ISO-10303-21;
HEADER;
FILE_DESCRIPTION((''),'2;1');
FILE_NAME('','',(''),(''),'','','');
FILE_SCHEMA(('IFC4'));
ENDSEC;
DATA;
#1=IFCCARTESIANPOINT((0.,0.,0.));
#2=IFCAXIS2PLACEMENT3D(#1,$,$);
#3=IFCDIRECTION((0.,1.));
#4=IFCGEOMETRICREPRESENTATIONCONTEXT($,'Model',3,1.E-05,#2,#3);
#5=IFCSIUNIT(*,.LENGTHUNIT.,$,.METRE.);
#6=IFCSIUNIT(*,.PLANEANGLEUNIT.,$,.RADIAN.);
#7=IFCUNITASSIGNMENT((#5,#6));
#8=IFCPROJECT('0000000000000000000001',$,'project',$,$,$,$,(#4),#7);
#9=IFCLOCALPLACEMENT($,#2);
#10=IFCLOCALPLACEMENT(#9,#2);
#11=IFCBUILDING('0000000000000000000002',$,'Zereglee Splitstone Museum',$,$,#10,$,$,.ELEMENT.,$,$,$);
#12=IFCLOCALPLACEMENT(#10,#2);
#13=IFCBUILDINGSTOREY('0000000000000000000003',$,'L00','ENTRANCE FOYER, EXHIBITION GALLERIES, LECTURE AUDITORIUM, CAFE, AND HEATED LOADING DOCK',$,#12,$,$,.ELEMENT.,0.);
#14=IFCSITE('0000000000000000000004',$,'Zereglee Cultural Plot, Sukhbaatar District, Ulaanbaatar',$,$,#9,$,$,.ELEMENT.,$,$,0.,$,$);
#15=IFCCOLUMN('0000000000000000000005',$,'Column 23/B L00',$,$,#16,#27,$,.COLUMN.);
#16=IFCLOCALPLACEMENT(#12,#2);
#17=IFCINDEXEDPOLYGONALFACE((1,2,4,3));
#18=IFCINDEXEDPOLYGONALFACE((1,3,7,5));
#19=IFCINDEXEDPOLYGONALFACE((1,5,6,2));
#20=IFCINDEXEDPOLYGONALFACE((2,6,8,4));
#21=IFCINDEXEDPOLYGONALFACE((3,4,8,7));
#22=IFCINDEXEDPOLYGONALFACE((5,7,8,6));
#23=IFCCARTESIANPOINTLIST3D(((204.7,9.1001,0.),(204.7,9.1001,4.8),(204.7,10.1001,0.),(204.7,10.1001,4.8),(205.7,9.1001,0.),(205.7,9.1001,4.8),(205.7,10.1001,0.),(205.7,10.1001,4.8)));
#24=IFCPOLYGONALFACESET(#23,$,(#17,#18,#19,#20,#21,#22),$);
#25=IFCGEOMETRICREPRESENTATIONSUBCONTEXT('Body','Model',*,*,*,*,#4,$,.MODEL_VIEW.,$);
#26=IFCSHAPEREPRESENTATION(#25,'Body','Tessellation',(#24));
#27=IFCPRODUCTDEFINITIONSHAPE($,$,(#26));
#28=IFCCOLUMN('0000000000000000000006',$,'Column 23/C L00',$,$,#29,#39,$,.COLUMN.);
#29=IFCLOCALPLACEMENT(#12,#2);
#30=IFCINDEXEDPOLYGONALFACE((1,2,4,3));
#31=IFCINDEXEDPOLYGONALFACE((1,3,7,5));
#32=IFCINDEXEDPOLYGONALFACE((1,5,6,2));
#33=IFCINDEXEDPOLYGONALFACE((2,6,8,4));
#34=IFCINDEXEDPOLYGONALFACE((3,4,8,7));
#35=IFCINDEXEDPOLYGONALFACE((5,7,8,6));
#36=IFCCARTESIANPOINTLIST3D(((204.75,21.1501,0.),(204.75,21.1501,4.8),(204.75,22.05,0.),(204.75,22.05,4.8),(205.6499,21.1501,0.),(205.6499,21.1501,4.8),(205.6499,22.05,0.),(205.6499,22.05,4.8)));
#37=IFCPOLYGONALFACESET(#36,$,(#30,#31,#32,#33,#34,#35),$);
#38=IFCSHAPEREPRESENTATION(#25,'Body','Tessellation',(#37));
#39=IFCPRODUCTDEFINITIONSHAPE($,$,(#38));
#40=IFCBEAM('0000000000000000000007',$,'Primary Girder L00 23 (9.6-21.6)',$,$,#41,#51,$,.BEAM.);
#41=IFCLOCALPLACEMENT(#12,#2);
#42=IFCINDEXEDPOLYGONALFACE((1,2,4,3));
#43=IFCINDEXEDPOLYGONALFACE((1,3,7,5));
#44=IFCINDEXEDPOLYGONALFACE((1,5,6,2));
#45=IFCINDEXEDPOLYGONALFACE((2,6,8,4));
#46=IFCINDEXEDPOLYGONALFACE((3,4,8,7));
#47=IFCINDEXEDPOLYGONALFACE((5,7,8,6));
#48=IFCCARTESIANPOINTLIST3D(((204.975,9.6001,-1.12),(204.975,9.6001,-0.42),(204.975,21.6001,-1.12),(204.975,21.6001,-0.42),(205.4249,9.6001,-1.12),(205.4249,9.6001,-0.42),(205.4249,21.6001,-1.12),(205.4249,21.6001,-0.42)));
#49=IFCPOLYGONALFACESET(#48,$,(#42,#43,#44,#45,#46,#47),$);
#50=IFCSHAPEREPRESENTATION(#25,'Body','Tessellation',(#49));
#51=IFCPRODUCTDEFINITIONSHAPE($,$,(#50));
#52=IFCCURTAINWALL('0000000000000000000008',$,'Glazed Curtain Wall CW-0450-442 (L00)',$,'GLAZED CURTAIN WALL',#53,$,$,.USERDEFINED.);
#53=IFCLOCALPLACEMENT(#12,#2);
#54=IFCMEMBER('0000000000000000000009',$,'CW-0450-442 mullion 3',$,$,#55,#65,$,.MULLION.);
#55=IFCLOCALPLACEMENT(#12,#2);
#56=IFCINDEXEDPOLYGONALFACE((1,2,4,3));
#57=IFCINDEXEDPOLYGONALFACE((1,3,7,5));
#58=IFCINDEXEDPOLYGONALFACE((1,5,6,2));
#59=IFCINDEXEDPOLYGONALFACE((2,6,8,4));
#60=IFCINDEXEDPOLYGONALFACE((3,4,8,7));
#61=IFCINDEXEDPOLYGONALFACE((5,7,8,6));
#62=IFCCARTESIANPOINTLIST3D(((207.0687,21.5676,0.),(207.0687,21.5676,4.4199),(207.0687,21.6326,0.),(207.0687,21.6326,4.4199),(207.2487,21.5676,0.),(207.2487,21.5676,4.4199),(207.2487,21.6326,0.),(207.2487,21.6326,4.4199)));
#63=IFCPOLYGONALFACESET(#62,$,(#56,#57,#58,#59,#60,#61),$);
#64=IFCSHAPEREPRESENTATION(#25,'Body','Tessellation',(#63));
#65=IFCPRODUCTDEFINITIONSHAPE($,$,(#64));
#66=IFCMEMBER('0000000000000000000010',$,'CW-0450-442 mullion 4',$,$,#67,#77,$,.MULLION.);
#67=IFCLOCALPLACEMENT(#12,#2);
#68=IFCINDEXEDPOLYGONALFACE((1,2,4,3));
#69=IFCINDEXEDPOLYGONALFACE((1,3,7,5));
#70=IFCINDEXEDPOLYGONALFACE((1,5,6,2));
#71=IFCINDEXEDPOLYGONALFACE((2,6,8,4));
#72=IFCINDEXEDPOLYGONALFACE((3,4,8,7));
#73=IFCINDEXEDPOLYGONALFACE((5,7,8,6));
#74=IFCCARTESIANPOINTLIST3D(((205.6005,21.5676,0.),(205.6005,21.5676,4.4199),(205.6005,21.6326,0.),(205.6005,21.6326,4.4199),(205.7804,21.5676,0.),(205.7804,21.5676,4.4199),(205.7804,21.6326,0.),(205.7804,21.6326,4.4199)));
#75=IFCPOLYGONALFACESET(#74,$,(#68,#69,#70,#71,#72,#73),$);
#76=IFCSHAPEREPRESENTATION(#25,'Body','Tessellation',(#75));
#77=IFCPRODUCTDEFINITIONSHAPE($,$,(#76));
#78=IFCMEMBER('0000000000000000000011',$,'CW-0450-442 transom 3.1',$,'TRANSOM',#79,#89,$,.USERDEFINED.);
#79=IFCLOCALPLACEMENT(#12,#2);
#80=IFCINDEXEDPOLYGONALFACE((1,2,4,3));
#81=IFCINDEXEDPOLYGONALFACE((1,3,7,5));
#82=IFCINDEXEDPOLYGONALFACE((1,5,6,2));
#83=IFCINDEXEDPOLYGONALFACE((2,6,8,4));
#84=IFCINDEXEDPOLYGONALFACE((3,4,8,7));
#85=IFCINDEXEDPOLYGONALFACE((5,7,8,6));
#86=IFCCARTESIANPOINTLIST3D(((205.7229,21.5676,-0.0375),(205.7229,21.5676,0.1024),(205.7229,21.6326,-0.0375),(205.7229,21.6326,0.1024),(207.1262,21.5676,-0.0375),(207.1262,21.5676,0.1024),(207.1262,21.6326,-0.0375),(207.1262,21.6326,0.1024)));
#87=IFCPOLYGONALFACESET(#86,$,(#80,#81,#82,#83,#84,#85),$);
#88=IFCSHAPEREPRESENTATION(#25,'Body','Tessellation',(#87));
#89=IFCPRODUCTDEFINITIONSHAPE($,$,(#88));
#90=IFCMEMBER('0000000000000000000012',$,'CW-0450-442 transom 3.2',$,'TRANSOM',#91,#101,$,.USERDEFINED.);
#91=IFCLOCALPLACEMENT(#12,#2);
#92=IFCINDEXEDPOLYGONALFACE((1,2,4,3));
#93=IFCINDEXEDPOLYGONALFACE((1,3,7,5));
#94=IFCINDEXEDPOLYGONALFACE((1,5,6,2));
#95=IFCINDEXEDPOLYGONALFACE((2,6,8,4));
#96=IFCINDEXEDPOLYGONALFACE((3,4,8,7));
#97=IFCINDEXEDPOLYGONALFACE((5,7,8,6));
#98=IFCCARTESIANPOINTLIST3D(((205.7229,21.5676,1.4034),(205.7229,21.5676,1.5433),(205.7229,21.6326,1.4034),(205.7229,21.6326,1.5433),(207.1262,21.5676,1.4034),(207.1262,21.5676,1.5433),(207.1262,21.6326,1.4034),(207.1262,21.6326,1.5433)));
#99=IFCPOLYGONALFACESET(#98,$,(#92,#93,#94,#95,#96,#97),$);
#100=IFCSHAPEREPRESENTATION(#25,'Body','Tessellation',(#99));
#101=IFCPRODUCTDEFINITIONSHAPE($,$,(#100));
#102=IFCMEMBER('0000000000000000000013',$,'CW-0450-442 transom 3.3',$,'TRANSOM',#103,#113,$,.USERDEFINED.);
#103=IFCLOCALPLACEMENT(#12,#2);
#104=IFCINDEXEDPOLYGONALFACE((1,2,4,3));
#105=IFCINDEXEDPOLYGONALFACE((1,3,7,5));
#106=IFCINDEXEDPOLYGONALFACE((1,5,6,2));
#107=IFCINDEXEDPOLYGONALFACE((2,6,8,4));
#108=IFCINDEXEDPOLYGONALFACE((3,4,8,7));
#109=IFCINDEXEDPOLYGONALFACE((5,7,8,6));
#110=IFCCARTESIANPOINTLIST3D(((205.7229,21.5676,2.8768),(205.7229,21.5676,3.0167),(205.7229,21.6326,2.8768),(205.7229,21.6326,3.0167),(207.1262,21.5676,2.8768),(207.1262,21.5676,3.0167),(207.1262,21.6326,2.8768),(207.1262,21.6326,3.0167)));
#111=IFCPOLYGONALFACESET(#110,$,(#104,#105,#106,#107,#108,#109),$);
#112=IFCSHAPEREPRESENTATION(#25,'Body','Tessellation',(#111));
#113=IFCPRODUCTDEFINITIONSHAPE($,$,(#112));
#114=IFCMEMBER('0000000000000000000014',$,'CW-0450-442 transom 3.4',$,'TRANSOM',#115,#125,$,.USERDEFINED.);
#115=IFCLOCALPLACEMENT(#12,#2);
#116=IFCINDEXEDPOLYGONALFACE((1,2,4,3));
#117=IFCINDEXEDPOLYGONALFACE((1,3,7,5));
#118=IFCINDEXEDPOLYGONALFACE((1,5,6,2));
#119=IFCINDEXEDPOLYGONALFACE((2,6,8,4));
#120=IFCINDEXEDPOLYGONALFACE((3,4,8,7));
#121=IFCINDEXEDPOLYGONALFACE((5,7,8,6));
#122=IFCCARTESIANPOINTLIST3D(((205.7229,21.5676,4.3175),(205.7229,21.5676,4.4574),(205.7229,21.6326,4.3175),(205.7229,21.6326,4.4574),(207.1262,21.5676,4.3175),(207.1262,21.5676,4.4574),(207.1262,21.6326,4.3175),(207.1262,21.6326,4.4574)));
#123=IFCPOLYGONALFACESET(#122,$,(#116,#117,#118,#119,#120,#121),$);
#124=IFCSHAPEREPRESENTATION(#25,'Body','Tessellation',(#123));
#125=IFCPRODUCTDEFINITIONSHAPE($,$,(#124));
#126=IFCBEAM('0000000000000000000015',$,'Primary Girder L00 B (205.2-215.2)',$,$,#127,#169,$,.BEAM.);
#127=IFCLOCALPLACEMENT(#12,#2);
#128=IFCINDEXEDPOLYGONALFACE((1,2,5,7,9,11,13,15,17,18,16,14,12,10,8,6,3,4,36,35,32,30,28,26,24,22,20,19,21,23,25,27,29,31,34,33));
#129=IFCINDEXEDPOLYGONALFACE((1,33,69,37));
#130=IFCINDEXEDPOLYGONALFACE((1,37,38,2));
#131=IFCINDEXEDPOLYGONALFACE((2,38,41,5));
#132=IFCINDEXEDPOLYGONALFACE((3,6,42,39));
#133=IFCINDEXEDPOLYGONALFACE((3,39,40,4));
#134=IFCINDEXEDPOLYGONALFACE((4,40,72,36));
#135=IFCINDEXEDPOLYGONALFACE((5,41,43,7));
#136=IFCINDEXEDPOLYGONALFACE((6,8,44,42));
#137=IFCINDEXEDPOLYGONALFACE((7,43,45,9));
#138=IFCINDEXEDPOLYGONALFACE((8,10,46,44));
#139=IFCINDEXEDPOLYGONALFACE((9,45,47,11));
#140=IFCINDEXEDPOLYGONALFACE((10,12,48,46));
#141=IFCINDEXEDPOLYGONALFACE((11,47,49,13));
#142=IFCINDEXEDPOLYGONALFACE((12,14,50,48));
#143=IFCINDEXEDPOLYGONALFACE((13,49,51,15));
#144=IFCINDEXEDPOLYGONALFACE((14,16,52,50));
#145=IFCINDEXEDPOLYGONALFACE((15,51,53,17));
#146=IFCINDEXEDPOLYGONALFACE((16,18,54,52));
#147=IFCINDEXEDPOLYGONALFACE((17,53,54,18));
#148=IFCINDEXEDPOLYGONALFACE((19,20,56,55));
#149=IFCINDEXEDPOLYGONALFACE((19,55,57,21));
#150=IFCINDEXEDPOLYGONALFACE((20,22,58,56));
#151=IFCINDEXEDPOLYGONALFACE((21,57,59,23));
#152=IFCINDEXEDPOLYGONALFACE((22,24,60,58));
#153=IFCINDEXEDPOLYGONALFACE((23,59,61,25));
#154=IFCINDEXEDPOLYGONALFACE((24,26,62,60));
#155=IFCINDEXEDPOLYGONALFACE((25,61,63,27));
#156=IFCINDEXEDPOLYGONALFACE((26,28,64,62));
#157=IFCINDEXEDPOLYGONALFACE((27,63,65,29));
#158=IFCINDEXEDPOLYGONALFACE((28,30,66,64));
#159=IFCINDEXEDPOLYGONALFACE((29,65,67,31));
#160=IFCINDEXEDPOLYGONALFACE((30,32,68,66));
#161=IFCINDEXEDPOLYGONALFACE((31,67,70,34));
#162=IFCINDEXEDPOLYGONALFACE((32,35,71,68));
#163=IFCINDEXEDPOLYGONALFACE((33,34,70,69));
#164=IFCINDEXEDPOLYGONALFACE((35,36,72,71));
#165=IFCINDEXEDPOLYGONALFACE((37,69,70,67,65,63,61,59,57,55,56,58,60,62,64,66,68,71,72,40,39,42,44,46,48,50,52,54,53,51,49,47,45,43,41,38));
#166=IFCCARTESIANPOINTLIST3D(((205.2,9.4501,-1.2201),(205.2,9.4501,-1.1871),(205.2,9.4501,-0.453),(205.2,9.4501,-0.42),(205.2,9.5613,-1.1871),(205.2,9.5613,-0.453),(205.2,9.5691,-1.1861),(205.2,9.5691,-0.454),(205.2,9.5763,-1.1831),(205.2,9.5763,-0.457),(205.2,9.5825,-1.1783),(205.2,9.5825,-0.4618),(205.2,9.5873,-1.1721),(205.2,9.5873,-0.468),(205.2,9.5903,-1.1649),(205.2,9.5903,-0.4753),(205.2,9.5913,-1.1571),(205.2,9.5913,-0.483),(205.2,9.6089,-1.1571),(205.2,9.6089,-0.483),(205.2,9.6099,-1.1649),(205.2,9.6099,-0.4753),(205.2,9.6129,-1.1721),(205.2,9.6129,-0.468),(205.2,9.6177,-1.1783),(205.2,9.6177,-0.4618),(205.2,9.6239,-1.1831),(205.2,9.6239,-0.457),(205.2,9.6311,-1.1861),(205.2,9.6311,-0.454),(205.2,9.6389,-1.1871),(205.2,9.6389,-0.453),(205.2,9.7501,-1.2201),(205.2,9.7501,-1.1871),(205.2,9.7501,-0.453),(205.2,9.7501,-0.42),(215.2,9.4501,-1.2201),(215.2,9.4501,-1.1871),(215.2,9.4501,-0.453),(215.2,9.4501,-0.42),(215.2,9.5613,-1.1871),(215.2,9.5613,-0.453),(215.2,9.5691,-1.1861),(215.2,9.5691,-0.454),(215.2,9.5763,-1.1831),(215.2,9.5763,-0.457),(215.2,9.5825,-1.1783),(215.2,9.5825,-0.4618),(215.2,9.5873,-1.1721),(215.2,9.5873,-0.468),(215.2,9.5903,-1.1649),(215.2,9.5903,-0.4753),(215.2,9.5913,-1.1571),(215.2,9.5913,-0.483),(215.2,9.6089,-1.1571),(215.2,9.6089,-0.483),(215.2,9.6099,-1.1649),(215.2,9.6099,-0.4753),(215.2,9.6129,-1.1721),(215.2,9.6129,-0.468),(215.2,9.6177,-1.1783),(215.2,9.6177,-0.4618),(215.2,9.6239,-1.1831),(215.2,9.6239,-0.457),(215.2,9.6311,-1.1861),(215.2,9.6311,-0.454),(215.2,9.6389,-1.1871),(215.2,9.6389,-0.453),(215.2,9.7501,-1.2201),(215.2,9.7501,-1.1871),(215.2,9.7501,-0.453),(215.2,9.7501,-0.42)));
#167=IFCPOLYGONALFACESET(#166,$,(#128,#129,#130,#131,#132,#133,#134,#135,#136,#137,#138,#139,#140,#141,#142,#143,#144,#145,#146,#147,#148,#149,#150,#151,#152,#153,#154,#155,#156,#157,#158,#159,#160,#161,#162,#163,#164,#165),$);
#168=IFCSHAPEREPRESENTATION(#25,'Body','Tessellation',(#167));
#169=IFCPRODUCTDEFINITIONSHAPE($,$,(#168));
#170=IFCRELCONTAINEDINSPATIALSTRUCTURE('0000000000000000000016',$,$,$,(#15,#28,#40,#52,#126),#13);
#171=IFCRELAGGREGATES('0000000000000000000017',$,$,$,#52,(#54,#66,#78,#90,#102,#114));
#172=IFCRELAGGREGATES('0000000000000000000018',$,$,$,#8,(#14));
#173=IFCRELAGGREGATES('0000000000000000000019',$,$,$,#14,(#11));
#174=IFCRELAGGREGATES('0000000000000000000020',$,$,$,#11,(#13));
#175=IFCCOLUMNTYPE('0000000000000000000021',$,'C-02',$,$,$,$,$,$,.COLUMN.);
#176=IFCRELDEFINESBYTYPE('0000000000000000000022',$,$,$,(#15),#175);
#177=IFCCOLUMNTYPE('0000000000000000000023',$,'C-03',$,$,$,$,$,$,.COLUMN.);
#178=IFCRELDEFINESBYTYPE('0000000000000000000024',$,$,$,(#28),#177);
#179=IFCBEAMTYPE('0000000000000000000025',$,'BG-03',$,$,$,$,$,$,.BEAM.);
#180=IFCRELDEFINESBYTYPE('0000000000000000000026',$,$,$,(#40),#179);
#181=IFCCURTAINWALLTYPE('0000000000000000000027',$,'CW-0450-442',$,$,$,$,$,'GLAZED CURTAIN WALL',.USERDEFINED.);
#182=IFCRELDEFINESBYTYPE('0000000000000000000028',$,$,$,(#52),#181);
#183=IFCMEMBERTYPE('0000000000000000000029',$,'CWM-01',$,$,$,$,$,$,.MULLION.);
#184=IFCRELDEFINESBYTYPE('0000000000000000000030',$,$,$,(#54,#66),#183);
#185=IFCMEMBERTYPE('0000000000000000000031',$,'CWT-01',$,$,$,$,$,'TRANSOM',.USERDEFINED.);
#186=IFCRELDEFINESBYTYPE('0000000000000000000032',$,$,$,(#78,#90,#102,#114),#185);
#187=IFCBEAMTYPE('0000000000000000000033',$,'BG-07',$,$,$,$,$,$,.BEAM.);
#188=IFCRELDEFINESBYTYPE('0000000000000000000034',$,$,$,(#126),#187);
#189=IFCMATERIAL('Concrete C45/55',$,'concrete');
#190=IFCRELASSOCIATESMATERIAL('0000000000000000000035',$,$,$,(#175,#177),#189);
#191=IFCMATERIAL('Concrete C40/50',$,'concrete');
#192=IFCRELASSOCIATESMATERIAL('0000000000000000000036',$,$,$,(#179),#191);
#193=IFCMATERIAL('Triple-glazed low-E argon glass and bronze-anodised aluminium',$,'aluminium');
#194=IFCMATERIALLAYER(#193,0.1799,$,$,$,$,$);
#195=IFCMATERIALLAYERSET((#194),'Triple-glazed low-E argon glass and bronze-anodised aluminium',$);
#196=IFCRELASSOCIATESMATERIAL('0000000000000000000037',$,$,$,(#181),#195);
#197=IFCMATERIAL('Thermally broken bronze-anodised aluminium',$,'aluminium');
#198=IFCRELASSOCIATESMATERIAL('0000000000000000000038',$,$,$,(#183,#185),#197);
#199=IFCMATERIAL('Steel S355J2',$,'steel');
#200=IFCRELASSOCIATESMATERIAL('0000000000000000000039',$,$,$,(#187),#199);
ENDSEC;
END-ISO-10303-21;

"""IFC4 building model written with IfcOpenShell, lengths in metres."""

from ifc_helpers import new_model, si_unit, direction, frame, origin, origin_2d, place, context, subcontext, project, spatial, rectangle, i_section, extrude, material, layer, layer_set, material_profile, profile_set, type_object, element, aggregate, save


model = new_model("IFC4")

# Units and contexts
model_context = context("Model", 3, precision=1e-05, world=origin(), true_north=direction((0.0, 1.0)))
body_context = subcontext(model_context, "Body", "Model", "MODEL_VIEW")
ifc_project = project(units=[si_unit("LENGTHUNIT", "METRE"), si_unit("PLANEANGLEUNIT", "RADIAN")], contexts=[model_context])

# Site, building, storey
site_placement = place(None, origin())
site = spatial("IfcSite", under=ifc_project, at=site_placement, Name="Zereglee Cultural Plot, Sukhbaatar District, Ulaanbaatar", CompositionType="ELEMENT", RefElevation=0.0)
building_placement = place(site_placement, origin())
building = spatial("IfcBuilding", under=site, at=building_placement, Name="Zereglee Splitstone Museum", CompositionType="ELEMENT")
storey_placement = place(building_placement, origin())
storey = spatial("IfcBuildingStorey", under=building, at=storey_placement, Name="L00", Description="ENTRANCE FOYER, EXHIBITION GALLERIES, LECTURE AUDITORIUM, CAFE, AND HEATED LOADING DOCK", CompositionType="ELEMENT", Elevation=0.0)

# Columns
ifc_material_1 = material(Name="Concrete C45/55", Category="concrete")
ifc_material_profile_1 = material_profile(ifc_material_1, rectangle(XDim=1.0, YDim=1.0, at=origin_2d()), Name="RC 1000x1000")
ifc_profile_set_1 = profile_set([ifc_material_profile_1], Name="Concrete C45/55")
column_type_1 = type_object("IfcColumnType", Name="C-02", PredefinedType="COLUMN", material=ifc_profile_set_1)
column_1_placement = place(storey_placement, frame((205.2, 9.6001, 0.0), z_axis=(0.0, 0.0, 1.0), x_axis=(1.0, 0.0, 0.0)))
element("IfcColumn", 1, at=column_1_placement, inside=storey, type_object=column_type_1, Name="Column 23/B L00", PredefinedType="COLUMN", context=body_context, shape_type="SweptSolid", body=[
    extrude(rectangle(XDim=1.0, YDim=1.0, at=origin_2d()), origin(), (0.0, 0.0, 1.0), 4.8),
])
ifc_material_profile_2 = material_profile(ifc_material_1, rectangle(XDim=0.8999, YDim=0.8999, at=origin_2d()), Name="RC 900x900")
ifc_profile_set_2 = profile_set([ifc_material_profile_2], Name="Concrete C45/55")
column_type_2 = type_object("IfcColumnType", Name="C-03", PredefinedType="COLUMN", material=ifc_profile_set_2)
column_2_placement = place(storey_placement, frame((205.2, 21.6001, 0.0), z_axis=(0.0, 0.0, 1.0), x_axis=(1.0, 0.0, 0.0)))
element("IfcColumn", 2, at=column_2_placement, inside=storey, type_object=column_type_2, Name="Column 23/C L00", PredefinedType="COLUMN", context=body_context, shape_type="SweptSolid", body=[
    extrude(rectangle(XDim=0.8999, YDim=0.8999, at=origin_2d()), origin(), (0.0, 0.0, 1.0), 4.8),
])

# Beam
ifc_material_2 = material(Name="Concrete C40/50", Category="concrete")
ifc_material_profile_3 = material_profile(ifc_material_2, rectangle(XDim=0.45, YDim=0.7, at=origin_2d()), Name="RC 450x700")
ifc_profile_set_3 = profile_set([ifc_material_profile_3], Name="Concrete C40/50")
beam_type_1 = type_object("IfcBeamType", Name="BG-03", PredefinedType="BEAM", material=ifc_profile_set_3)
beam_1_placement = place(storey_placement, frame((205.2, 9.6001, -0.77), z_axis=(0.0, 1.0, 0.0), x_axis=(-1.0, 0.0, 0.0)))
element("IfcBeam", 3, at=beam_1_placement, inside=storey, type_object=beam_type_1, Name="Primary Girder L00 23 (9.6-21.6)", PredefinedType="BEAM", context=body_context, shape_type="SweptSolid", body=[
    extrude(rectangle(XDim=0.45, YDim=0.7, at=origin_2d()), origin(), (0.0, 0.0, 1.0), 12.0),
])

# Curtain wall, members
ifc_material_3 = material(Name="Triple-glazed low-E argon glass and bronze-anodised aluminium", Category="aluminium")
ifc_layer_1 = layer(ifc_material_3, 0.1799)
ifc_layer_set_1 = layer_set([ifc_layer_1], Name="Triple-glazed low-E argon glass and bronze-anodised aluminium")
curtain_wall_type = type_object("IfcCurtainWallType", Name="CW-0450-442", ElementType="GLAZED CURTAIN WALL", PredefinedType="USERDEFINED", material=ifc_layer_set_1)
curtain_wall_placement = place(storey_placement, origin())
curtain_wall = element("IfcCurtainWall", 4, at=curtain_wall_placement, inside=storey, type_object=curtain_wall_type, Name="Glazed Curtain Wall CW-0450-442 (L00)", ObjectType="GLAZED CURTAIN WALL", PredefinedType="USERDEFINED")
ifc_material_4 = material(Name="Thermally broken bronze-anodised aluminium", Category="aluminium")
ifc_material_profile_4 = material_profile(ifc_material_4, rectangle(XDim=0.0649, YDim=0.1799, at=origin_2d()), Name="CW MULL 65x180")
ifc_profile_set_4 = profile_set([ifc_material_profile_4], Name="Thermally broken bronze-anodised aluminium")
member_type_1 = type_object("IfcMemberType", Name="CWM-01", PredefinedType="MULLION", material=ifc_profile_set_4)
member_1_placement = place(storey_placement, frame((207.1587, 21.6001, 0.0), z_axis=(0.0, 0.0, 1.0), x_axis=(0.0, -1.0, 0.0)))
member_1 = element("IfcMember", 5, at=member_1_placement, type_object=member_type_1, Name="CW-0450-442 mullion 3", PredefinedType="MULLION", context=body_context, shape_type="SweptSolid", body=[
    extrude(rectangle(XDim=0.0649, YDim=0.1799, at=origin_2d()), origin(), (0.0, 0.0, 1.0), 4.4199),
])
member_2_placement = place(storey_placement, frame((205.6904, 21.6001, 0.0), z_axis=(0.0, 0.0, 1.0), x_axis=(0.0, -1.0, 0.0)))
member_2 = element("IfcMember", 6, at=member_2_placement, type_object=member_type_1, Name="CW-0450-442 mullion 4", PredefinedType="MULLION", context=body_context, shape_type="SweptSolid", body=[
    extrude(rectangle(XDim=0.0649, YDim=0.1799, at=origin_2d()), origin(), (0.0, 0.0, 1.0), 4.4199),
])
ifc_material_profile_5 = material_profile(ifc_material_4, rectangle(XDim=0.0649, YDim=0.1399, at=origin_2d()), Name="CW TRAN 65x140")
ifc_profile_set_5 = profile_set([ifc_material_profile_5], Name="Thermally broken bronze-anodised aluminium")
member_type_2 = type_object("IfcMemberType", Name="CWT-01", ElementType="TRANSOM", PredefinedType="USERDEFINED", material=ifc_profile_set_5)
member_3_placement = place(storey_placement, frame((207.1262, 21.6001, 0.0325), z_axis=(-1.0, 0.0, 0.0), x_axis=(0.0, -1.0, 0.0)))
member_3 = element("IfcMember", 7, at=member_3_placement, type_object=member_type_2, Name="CW-0450-442 transom 3.1", ObjectType="TRANSOM", PredefinedType="USERDEFINED", context=body_context, shape_type="SweptSolid", body=[
    extrude(rectangle(XDim=0.0649, YDim=0.1399, at=origin_2d()), origin(), (0.0, 0.0, 1.0), 1.4033),
])
member_4_placement = place(storey_placement, frame((207.1262, 21.6001, 1.4734), z_axis=(-1.0, 0.0, 0.0), x_axis=(0.0, -1.0, 0.0)))
member_4 = element("IfcMember", 8, at=member_4_placement, type_object=member_type_2, Name="CW-0450-442 transom 3.2", ObjectType="TRANSOM", PredefinedType="USERDEFINED", context=body_context, shape_type="SweptSolid", body=[
    extrude(rectangle(XDim=0.0649, YDim=0.1399, at=origin_2d()), origin(), (0.0, 0.0, 1.0), 1.4033),
])
member_5_placement = place(storey_placement, frame((207.1262, 21.6001, 2.9468), z_axis=(-1.0, 0.0, 0.0), x_axis=(0.0, -1.0, 0.0)))
member_5 = element("IfcMember", 9, at=member_5_placement, type_object=member_type_2, Name="CW-0450-442 transom 3.3", ObjectType="TRANSOM", PredefinedType="USERDEFINED", context=body_context, shape_type="SweptSolid", body=[
    extrude(rectangle(XDim=0.0649, YDim=0.1399, at=origin_2d()), origin(), (0.0, 0.0, 1.0), 1.4033),
])
member_6_placement = place(storey_placement, frame((207.1262, 21.6001, 4.3875), z_axis=(-1.0, 0.0, 0.0), x_axis=(0.0, -1.0, 0.0)))
member_6 = element("IfcMember", 10, at=member_6_placement, type_object=member_type_2, Name="CW-0450-442 transom 3.4", ObjectType="TRANSOM", PredefinedType="USERDEFINED", context=body_context, shape_type="SweptSolid", body=[
    extrude(rectangle(XDim=0.0649, YDim=0.1399, at=origin_2d()), origin(), (0.0, 0.0, 1.0), 1.4033),
])

# Beam
ifc_material_5 = material(Name="Steel S355J2", Category="steel")
ifc_material_profile_6 = material_profile(ifc_material_5, i_section(OverallWidth=0.3, OverallDepth=0.8, WebThickness=0.0176, FlangeThickness=0.033, FilletRadius=0.03, at=origin_2d()), Name="HE 800 B")
ifc_profile_set_6 = profile_set([ifc_material_profile_6], Name="Steel S355J2")
beam_type_2 = type_object("IfcBeamType", Name="BG-07", PredefinedType="BEAM", material=ifc_profile_set_6)
beam_2_placement = place(storey_placement, frame((205.2, 9.6001, -0.8201), z_axis=(1.0, 0.0, 0.0), x_axis=(0.0, 1.0, 0.0)))
element("IfcBeam", 11, at=beam_2_placement, inside=storey, type_object=beam_type_2, Name="Primary Girder L00 B (205.2-215.2)", PredefinedType="BEAM", context=body_context, shape_type="SweptSolid", body=[
    extrude(i_section(OverallWidth=0.3, OverallDepth=0.8, WebThickness=0.0176, FlangeThickness=0.033, FilletRadius=0.03, at=origin_2d()), origin(), (0.0, 0.0, 1.0), 10.0),
])

aggregate(curtain_wall, [member_1, member_2, member_3, member_4, member_5, member_6])

save(model, "model.ifc")
